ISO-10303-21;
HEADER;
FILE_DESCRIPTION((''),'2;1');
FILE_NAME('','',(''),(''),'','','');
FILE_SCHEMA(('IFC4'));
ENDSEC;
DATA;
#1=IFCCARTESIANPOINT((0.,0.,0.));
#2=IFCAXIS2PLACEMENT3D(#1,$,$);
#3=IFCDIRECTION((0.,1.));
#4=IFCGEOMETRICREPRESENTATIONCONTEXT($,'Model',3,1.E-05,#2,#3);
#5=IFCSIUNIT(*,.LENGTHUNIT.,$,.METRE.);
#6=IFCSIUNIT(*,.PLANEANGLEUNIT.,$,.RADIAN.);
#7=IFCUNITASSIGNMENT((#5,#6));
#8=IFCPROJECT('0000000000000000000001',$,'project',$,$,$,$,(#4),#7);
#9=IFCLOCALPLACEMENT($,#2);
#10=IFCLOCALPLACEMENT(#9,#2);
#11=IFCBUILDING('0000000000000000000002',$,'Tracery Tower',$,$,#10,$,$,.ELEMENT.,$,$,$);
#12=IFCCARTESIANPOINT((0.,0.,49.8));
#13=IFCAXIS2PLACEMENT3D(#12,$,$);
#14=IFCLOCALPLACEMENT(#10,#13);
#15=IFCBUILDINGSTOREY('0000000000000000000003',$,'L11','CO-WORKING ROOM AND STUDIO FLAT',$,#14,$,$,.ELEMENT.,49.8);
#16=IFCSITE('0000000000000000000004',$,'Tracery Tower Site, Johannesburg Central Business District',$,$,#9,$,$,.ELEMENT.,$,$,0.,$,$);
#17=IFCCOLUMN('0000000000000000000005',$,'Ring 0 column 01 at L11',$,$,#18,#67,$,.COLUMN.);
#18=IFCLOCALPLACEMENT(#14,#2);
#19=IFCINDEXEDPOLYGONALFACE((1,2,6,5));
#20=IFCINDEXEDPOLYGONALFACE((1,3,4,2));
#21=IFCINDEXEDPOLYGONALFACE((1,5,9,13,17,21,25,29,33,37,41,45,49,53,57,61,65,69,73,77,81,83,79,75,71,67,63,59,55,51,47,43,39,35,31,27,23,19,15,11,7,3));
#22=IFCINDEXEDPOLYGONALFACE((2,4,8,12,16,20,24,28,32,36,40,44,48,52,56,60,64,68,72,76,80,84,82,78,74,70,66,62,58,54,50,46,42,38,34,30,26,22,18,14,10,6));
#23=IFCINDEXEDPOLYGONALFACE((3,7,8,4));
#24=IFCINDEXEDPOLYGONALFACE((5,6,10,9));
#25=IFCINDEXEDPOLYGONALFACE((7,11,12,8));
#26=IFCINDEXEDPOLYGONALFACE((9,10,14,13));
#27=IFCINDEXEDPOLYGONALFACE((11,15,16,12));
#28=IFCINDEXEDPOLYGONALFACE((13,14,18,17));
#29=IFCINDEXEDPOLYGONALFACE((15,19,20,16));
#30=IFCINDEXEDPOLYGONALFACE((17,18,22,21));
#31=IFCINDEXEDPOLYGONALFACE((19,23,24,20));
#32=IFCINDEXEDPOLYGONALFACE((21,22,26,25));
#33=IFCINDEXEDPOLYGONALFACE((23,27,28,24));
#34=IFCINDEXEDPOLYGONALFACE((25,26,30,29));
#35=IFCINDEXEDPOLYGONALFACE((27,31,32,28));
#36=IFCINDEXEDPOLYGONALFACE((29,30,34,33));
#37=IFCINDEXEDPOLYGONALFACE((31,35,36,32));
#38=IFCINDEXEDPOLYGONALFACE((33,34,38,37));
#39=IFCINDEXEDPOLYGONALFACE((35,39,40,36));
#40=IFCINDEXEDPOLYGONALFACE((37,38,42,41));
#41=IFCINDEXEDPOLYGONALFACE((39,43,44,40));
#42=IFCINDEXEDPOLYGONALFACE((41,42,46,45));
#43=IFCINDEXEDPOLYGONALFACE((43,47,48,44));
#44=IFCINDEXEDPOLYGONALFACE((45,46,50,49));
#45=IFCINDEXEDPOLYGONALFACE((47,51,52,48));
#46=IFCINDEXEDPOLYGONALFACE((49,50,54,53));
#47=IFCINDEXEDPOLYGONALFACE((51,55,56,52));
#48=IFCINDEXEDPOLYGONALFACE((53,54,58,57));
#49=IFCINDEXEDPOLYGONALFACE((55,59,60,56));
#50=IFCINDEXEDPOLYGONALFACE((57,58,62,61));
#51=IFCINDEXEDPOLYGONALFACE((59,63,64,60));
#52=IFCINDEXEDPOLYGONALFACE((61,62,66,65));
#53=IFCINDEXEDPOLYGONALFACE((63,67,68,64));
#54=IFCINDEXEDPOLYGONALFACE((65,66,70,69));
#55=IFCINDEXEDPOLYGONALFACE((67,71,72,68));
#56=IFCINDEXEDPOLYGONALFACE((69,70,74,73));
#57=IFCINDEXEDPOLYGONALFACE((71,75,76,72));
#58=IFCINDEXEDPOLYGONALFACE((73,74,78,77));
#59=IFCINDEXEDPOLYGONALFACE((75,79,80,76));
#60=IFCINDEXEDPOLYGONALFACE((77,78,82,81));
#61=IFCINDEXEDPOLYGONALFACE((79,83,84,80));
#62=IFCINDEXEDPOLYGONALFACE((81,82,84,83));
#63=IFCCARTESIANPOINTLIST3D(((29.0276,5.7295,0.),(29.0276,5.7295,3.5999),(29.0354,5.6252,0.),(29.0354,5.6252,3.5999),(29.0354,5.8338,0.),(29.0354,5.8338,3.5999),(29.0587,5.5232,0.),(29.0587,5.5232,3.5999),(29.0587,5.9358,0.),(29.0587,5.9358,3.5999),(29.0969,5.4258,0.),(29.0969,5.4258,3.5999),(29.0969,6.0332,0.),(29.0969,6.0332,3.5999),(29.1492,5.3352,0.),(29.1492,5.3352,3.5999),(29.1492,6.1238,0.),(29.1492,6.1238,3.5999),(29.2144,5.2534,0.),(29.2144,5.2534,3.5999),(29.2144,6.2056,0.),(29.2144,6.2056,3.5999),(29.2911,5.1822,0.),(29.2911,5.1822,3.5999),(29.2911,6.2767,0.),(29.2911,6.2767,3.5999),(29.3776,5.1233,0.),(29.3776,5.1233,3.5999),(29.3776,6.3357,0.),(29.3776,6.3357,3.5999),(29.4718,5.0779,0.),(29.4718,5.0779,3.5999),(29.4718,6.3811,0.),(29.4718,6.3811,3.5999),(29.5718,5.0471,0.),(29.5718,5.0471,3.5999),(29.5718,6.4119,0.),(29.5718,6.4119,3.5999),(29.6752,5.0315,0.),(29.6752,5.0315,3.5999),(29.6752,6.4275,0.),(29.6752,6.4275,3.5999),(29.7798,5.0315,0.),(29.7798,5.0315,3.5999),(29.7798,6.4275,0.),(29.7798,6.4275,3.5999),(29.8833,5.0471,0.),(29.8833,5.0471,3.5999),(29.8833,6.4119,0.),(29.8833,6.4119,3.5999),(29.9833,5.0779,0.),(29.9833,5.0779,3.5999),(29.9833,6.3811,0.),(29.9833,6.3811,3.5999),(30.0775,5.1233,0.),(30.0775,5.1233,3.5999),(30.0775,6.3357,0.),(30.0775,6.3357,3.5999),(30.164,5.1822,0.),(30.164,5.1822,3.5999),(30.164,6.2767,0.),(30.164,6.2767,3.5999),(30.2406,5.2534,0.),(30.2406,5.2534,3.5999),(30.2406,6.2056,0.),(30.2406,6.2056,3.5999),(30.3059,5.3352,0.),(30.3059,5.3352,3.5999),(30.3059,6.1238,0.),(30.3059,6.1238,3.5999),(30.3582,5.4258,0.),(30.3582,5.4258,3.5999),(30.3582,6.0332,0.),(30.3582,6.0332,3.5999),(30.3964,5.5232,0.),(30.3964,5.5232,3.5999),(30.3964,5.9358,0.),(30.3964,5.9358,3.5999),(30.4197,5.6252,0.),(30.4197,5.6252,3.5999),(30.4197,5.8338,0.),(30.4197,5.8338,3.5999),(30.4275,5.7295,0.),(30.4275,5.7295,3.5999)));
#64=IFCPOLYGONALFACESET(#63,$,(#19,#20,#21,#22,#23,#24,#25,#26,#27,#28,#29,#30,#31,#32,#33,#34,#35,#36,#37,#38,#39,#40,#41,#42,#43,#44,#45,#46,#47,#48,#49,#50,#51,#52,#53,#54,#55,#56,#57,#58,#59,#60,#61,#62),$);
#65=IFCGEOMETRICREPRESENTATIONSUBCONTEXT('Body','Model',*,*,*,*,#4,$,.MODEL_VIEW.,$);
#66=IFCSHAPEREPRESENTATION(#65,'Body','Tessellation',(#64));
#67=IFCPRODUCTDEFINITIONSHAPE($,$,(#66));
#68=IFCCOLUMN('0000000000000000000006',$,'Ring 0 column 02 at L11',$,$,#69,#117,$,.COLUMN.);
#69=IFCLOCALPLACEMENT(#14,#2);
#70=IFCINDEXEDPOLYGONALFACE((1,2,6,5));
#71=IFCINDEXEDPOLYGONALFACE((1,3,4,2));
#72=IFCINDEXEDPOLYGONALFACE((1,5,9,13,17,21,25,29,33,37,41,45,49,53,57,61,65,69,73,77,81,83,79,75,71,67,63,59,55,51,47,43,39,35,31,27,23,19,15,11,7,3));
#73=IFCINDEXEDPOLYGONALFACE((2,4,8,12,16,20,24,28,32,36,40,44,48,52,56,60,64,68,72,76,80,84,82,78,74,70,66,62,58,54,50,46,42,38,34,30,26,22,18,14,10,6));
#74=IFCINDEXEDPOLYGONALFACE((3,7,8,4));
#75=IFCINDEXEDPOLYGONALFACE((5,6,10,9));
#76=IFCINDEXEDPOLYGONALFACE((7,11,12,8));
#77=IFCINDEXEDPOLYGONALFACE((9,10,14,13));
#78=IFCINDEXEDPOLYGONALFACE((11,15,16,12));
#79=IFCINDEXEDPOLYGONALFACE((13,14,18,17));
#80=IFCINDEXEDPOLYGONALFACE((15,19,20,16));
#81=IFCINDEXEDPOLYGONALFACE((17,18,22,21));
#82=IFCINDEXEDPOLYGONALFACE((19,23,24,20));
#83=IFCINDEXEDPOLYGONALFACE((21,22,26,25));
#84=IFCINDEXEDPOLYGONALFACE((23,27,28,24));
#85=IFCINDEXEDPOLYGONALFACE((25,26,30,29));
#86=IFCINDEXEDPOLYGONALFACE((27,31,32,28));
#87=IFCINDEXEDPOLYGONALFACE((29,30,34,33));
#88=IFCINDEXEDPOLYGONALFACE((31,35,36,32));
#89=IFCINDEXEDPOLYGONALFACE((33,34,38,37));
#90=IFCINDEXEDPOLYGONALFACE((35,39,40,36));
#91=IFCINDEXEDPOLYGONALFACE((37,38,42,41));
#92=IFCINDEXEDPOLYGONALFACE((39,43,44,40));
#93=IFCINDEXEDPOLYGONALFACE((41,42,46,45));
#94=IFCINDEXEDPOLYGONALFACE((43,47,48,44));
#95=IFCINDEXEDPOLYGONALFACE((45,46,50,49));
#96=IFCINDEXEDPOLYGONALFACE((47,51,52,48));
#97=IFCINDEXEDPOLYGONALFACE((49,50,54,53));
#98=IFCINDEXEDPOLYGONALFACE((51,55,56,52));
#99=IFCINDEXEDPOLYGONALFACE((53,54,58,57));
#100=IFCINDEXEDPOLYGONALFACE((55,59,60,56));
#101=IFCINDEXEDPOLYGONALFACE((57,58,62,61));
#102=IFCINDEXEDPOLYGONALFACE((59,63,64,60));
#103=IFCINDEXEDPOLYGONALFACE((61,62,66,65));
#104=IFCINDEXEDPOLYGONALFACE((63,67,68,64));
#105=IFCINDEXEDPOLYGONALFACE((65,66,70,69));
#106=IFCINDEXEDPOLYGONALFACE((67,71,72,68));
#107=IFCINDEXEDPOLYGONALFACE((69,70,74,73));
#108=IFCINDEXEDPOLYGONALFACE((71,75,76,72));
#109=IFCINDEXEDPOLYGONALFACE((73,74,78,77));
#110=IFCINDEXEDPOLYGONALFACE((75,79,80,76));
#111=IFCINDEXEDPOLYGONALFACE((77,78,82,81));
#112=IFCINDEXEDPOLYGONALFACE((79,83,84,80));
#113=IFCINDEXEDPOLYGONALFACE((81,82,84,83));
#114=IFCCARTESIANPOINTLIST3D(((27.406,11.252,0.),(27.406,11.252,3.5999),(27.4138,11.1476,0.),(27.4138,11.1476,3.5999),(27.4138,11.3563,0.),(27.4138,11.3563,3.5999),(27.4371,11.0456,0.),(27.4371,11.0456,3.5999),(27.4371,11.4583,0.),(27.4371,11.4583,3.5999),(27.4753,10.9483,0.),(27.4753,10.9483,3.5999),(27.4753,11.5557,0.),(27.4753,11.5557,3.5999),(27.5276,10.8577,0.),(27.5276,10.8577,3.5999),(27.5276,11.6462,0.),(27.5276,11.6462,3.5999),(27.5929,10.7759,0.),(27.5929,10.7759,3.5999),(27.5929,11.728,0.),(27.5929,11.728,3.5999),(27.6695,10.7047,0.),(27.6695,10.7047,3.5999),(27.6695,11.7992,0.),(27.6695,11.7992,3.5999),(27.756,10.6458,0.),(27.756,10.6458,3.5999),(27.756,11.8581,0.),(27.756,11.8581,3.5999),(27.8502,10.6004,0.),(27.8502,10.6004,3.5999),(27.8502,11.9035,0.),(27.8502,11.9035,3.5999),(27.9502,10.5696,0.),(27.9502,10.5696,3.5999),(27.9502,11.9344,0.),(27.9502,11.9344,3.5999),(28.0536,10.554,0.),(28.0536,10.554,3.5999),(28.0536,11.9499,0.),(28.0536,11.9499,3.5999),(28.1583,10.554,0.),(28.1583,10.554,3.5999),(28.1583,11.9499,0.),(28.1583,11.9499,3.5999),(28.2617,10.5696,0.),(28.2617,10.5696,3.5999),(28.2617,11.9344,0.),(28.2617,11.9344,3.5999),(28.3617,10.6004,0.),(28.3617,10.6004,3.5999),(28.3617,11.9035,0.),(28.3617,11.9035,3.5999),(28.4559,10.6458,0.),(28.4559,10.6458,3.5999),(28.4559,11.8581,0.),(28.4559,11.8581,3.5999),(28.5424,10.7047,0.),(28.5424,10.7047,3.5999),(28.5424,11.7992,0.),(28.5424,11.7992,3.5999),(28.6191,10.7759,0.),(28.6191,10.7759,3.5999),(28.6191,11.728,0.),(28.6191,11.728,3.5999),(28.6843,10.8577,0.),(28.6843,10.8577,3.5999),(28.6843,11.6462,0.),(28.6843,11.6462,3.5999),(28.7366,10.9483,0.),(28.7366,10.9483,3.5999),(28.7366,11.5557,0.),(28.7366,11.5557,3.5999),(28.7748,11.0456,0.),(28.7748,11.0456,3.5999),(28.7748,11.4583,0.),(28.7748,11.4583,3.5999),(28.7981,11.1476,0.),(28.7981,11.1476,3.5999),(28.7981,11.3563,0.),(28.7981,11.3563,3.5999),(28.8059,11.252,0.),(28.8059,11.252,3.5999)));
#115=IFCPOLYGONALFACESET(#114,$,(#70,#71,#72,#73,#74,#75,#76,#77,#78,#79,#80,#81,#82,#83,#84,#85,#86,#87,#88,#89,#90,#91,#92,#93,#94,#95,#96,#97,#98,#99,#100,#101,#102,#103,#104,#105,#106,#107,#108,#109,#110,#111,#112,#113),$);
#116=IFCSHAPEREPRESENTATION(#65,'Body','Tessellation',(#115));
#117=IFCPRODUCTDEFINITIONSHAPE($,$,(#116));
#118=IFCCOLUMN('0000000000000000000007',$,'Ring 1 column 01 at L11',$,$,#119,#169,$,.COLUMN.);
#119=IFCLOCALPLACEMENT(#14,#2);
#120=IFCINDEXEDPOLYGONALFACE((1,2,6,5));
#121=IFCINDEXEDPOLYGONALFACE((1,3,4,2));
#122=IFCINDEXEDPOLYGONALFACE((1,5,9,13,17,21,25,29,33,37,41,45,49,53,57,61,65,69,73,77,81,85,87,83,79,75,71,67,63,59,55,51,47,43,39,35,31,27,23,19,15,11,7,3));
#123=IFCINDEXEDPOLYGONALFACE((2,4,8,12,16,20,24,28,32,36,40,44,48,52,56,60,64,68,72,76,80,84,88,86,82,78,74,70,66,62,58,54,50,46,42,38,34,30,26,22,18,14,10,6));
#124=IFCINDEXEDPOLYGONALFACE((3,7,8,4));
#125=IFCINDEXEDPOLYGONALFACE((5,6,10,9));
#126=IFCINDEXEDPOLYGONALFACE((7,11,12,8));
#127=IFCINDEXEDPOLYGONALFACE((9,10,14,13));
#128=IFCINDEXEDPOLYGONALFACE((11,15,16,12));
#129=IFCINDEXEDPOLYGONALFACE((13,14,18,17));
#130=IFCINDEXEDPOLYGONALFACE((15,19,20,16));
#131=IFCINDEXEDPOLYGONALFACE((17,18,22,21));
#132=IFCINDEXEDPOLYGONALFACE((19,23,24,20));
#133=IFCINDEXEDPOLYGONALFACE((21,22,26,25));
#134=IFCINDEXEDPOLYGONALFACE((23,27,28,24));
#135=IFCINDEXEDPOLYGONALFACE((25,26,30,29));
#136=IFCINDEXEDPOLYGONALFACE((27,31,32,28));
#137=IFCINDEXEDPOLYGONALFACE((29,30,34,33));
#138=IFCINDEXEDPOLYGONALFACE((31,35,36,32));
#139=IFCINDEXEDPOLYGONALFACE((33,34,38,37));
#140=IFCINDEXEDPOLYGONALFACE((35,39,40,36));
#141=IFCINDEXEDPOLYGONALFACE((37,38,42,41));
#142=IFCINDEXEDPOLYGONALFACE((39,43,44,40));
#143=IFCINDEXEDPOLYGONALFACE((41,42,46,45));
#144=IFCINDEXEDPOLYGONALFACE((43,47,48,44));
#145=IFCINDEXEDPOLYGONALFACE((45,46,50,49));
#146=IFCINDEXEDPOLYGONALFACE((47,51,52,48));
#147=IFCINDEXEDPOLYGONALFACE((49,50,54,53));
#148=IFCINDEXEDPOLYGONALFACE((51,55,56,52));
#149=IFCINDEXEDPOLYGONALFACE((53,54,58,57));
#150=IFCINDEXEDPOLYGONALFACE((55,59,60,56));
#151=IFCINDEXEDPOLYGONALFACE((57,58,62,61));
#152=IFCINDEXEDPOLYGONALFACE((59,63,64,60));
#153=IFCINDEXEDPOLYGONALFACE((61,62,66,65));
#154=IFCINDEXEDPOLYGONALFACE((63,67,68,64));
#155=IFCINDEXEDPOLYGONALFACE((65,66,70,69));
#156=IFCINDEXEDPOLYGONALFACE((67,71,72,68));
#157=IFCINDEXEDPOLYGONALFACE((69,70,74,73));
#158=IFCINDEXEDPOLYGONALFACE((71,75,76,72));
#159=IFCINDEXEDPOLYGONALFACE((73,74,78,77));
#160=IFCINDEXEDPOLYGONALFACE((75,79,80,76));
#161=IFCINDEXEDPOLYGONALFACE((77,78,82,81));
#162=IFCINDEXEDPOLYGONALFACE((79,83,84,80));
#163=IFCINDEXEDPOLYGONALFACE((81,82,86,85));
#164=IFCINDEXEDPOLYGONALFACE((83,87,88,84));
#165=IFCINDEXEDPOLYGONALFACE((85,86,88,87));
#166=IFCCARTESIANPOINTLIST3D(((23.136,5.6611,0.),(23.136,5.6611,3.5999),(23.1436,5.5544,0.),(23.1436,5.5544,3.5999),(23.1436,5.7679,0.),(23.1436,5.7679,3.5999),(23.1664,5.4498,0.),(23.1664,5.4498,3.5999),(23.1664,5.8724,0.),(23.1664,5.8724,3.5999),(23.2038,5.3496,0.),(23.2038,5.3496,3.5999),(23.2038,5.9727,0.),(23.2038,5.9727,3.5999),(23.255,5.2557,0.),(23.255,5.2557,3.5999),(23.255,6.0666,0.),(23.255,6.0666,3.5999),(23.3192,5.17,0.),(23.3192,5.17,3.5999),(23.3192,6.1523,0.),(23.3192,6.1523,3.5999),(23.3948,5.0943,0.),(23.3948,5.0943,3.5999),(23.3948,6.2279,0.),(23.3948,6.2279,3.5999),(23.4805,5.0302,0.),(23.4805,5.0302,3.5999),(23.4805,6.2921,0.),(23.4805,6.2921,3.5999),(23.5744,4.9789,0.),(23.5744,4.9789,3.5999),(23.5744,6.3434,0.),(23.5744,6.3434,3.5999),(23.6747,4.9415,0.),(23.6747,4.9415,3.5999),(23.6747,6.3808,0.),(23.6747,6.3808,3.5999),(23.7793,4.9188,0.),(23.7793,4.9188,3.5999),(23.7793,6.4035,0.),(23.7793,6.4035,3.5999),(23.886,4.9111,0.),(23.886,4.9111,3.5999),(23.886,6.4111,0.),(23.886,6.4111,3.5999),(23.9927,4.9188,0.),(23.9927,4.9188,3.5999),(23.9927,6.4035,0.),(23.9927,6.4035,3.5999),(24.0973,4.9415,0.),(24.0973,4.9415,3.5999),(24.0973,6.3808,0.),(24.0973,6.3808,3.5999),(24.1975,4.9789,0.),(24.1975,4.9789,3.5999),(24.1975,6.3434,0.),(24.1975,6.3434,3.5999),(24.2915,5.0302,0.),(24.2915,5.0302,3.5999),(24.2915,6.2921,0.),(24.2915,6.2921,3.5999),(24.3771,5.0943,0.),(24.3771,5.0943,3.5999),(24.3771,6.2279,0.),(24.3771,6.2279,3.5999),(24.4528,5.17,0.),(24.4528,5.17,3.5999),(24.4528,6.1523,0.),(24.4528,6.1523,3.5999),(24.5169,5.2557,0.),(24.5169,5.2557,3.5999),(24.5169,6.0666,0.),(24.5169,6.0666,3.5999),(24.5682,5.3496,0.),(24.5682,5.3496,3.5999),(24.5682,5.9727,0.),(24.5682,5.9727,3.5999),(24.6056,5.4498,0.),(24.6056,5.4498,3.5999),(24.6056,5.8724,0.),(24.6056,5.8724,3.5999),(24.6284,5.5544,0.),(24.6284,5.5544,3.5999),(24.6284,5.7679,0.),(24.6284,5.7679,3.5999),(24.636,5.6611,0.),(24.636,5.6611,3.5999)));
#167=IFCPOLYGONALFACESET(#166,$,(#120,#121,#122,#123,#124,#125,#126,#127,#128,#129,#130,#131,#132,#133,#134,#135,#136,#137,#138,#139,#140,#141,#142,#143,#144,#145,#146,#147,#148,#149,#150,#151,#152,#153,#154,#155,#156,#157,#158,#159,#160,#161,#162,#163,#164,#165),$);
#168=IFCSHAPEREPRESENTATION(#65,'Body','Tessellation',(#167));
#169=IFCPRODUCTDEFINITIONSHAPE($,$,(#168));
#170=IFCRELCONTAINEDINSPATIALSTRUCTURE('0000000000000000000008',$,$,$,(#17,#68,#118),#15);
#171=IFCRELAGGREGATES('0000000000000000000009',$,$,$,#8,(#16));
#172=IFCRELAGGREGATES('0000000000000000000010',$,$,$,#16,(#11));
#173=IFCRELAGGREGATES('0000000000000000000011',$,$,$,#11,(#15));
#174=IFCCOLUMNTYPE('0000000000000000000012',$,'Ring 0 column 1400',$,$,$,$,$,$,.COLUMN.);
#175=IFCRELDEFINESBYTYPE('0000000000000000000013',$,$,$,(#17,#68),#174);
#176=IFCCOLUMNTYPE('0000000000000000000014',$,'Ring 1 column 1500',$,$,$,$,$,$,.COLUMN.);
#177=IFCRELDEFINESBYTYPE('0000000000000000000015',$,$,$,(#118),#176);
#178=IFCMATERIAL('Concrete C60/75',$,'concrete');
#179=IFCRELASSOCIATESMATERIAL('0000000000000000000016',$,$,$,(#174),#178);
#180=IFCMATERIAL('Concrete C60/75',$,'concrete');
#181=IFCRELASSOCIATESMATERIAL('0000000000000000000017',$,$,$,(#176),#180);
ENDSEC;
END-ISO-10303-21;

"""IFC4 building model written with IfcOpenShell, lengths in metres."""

from ifc_helpers import new_model, si_unit, direction, frame, origin, origin_2d, place, context, subcontext, project, spatial, circle, extrude, material, material_profile, profile_set, type_object, element, save


model = new_model("IFC4")

# Units and contexts
model_context = context("Model", 3, precision=1e-05, world=origin(), true_north=direction((0.0, 1.0)))
body_context = subcontext(model_context, "Body", "Model", "MODEL_VIEW")
ifc_project = project(units=[si_unit("LENGTHUNIT", "METRE"), si_unit("PLANEANGLEUNIT", "RADIAN")], contexts=[model_context])

# Site, building, storey
site_placement = place(None, origin())
site = spatial("IfcSite", under=ifc_project, at=site_placement, Name="Tracery Tower Site, Johannesburg Central Business District", CompositionType="ELEMENT", RefElevation=0.0)
building_placement = place(site_placement, origin())
building = spatial("IfcBuilding", under=site, at=building_placement, Name="Tracery Tower", CompositionType="ELEMENT")
storey_placement = place(building_placement, frame((0.0, 0.0, 49.8)))
storey = spatial("IfcBuildingStorey", under=building, at=storey_placement, Name="L11", Description="CO-WORKING ROOM AND STUDIO FLAT", CompositionType="ELEMENT", Elevation=49.8)

# Columns
ifc_material_1 = material(Name="Concrete C60/75", Category="concrete")
ifc_material_profile_1 = material_profile(ifc_material_1, circle(Radius=0.7, at=origin_2d()), Name="RC D1400")
ifc_profile_set_1 = profile_set([ifc_material_profile_1], Name="Concrete C60/75")
column_type_1 = type_object("IfcColumnType", Name="Ring 0 column 1400", PredefinedType="COLUMN", material=ifc_profile_set_1)
for number, where, z_axis, x_axis, name in (
    (1, (29.7275, 5.7295, 0.0), (0.0, 0.0, 1.0), (1.0, 0.0, 0.0), "Ring 0 column 01 at L11"),
    (2, (28.106, 11.252, 0.0), (0.0, 0.0, 1.0), (1.0, 0.0, 0.0), "Ring 0 column 02 at L11"),
):
    element("IfcColumn", number, at=place(storey_placement, frame(where, z_axis=z_axis, x_axis=x_axis)), inside=storey, type_object=column_type_1, Name=name, PredefinedType="COLUMN", context=body_context, shape_type="SweptSolid", body=[
        extrude(circle(Radius=0.7, at=origin_2d()), origin(), (0.0, 0.0, 1.0), 3.5999),
    ])
ifc_material_2 = material(Name="Concrete C60/75", Category="concrete")
ifc_material_profile_2 = material_profile(ifc_material_2, circle(Radius=0.75, at=origin_2d()), Name="RC D1500")
ifc_profile_set_2 = profile_set([ifc_material_profile_2], Name="Concrete C60/75")
column_type_2 = type_object("IfcColumnType", Name="Ring 1 column 1500", PredefinedType="COLUMN", material=ifc_profile_set_2)
for number, where, z_axis, x_axis, name in (
    (3, (23.886, 5.6611, 0.0), (0.0, 0.0, 1.0), (1.0, 0.0, 0.0), "Ring 1 column 01 at L11"),
):
    element("IfcColumn", number, at=place(storey_placement, frame(where, z_axis=z_axis, x_axis=x_axis)), inside=storey, type_object=column_type_2, Name=name, PredefinedType="COLUMN", context=body_context, shape_type="SweptSolid", body=[
        extrude(circle(Radius=0.75, at=origin_2d()), origin(), (0.0, 0.0, 1.0), 3.5999),
    ])

save(model, "model.ifc")
